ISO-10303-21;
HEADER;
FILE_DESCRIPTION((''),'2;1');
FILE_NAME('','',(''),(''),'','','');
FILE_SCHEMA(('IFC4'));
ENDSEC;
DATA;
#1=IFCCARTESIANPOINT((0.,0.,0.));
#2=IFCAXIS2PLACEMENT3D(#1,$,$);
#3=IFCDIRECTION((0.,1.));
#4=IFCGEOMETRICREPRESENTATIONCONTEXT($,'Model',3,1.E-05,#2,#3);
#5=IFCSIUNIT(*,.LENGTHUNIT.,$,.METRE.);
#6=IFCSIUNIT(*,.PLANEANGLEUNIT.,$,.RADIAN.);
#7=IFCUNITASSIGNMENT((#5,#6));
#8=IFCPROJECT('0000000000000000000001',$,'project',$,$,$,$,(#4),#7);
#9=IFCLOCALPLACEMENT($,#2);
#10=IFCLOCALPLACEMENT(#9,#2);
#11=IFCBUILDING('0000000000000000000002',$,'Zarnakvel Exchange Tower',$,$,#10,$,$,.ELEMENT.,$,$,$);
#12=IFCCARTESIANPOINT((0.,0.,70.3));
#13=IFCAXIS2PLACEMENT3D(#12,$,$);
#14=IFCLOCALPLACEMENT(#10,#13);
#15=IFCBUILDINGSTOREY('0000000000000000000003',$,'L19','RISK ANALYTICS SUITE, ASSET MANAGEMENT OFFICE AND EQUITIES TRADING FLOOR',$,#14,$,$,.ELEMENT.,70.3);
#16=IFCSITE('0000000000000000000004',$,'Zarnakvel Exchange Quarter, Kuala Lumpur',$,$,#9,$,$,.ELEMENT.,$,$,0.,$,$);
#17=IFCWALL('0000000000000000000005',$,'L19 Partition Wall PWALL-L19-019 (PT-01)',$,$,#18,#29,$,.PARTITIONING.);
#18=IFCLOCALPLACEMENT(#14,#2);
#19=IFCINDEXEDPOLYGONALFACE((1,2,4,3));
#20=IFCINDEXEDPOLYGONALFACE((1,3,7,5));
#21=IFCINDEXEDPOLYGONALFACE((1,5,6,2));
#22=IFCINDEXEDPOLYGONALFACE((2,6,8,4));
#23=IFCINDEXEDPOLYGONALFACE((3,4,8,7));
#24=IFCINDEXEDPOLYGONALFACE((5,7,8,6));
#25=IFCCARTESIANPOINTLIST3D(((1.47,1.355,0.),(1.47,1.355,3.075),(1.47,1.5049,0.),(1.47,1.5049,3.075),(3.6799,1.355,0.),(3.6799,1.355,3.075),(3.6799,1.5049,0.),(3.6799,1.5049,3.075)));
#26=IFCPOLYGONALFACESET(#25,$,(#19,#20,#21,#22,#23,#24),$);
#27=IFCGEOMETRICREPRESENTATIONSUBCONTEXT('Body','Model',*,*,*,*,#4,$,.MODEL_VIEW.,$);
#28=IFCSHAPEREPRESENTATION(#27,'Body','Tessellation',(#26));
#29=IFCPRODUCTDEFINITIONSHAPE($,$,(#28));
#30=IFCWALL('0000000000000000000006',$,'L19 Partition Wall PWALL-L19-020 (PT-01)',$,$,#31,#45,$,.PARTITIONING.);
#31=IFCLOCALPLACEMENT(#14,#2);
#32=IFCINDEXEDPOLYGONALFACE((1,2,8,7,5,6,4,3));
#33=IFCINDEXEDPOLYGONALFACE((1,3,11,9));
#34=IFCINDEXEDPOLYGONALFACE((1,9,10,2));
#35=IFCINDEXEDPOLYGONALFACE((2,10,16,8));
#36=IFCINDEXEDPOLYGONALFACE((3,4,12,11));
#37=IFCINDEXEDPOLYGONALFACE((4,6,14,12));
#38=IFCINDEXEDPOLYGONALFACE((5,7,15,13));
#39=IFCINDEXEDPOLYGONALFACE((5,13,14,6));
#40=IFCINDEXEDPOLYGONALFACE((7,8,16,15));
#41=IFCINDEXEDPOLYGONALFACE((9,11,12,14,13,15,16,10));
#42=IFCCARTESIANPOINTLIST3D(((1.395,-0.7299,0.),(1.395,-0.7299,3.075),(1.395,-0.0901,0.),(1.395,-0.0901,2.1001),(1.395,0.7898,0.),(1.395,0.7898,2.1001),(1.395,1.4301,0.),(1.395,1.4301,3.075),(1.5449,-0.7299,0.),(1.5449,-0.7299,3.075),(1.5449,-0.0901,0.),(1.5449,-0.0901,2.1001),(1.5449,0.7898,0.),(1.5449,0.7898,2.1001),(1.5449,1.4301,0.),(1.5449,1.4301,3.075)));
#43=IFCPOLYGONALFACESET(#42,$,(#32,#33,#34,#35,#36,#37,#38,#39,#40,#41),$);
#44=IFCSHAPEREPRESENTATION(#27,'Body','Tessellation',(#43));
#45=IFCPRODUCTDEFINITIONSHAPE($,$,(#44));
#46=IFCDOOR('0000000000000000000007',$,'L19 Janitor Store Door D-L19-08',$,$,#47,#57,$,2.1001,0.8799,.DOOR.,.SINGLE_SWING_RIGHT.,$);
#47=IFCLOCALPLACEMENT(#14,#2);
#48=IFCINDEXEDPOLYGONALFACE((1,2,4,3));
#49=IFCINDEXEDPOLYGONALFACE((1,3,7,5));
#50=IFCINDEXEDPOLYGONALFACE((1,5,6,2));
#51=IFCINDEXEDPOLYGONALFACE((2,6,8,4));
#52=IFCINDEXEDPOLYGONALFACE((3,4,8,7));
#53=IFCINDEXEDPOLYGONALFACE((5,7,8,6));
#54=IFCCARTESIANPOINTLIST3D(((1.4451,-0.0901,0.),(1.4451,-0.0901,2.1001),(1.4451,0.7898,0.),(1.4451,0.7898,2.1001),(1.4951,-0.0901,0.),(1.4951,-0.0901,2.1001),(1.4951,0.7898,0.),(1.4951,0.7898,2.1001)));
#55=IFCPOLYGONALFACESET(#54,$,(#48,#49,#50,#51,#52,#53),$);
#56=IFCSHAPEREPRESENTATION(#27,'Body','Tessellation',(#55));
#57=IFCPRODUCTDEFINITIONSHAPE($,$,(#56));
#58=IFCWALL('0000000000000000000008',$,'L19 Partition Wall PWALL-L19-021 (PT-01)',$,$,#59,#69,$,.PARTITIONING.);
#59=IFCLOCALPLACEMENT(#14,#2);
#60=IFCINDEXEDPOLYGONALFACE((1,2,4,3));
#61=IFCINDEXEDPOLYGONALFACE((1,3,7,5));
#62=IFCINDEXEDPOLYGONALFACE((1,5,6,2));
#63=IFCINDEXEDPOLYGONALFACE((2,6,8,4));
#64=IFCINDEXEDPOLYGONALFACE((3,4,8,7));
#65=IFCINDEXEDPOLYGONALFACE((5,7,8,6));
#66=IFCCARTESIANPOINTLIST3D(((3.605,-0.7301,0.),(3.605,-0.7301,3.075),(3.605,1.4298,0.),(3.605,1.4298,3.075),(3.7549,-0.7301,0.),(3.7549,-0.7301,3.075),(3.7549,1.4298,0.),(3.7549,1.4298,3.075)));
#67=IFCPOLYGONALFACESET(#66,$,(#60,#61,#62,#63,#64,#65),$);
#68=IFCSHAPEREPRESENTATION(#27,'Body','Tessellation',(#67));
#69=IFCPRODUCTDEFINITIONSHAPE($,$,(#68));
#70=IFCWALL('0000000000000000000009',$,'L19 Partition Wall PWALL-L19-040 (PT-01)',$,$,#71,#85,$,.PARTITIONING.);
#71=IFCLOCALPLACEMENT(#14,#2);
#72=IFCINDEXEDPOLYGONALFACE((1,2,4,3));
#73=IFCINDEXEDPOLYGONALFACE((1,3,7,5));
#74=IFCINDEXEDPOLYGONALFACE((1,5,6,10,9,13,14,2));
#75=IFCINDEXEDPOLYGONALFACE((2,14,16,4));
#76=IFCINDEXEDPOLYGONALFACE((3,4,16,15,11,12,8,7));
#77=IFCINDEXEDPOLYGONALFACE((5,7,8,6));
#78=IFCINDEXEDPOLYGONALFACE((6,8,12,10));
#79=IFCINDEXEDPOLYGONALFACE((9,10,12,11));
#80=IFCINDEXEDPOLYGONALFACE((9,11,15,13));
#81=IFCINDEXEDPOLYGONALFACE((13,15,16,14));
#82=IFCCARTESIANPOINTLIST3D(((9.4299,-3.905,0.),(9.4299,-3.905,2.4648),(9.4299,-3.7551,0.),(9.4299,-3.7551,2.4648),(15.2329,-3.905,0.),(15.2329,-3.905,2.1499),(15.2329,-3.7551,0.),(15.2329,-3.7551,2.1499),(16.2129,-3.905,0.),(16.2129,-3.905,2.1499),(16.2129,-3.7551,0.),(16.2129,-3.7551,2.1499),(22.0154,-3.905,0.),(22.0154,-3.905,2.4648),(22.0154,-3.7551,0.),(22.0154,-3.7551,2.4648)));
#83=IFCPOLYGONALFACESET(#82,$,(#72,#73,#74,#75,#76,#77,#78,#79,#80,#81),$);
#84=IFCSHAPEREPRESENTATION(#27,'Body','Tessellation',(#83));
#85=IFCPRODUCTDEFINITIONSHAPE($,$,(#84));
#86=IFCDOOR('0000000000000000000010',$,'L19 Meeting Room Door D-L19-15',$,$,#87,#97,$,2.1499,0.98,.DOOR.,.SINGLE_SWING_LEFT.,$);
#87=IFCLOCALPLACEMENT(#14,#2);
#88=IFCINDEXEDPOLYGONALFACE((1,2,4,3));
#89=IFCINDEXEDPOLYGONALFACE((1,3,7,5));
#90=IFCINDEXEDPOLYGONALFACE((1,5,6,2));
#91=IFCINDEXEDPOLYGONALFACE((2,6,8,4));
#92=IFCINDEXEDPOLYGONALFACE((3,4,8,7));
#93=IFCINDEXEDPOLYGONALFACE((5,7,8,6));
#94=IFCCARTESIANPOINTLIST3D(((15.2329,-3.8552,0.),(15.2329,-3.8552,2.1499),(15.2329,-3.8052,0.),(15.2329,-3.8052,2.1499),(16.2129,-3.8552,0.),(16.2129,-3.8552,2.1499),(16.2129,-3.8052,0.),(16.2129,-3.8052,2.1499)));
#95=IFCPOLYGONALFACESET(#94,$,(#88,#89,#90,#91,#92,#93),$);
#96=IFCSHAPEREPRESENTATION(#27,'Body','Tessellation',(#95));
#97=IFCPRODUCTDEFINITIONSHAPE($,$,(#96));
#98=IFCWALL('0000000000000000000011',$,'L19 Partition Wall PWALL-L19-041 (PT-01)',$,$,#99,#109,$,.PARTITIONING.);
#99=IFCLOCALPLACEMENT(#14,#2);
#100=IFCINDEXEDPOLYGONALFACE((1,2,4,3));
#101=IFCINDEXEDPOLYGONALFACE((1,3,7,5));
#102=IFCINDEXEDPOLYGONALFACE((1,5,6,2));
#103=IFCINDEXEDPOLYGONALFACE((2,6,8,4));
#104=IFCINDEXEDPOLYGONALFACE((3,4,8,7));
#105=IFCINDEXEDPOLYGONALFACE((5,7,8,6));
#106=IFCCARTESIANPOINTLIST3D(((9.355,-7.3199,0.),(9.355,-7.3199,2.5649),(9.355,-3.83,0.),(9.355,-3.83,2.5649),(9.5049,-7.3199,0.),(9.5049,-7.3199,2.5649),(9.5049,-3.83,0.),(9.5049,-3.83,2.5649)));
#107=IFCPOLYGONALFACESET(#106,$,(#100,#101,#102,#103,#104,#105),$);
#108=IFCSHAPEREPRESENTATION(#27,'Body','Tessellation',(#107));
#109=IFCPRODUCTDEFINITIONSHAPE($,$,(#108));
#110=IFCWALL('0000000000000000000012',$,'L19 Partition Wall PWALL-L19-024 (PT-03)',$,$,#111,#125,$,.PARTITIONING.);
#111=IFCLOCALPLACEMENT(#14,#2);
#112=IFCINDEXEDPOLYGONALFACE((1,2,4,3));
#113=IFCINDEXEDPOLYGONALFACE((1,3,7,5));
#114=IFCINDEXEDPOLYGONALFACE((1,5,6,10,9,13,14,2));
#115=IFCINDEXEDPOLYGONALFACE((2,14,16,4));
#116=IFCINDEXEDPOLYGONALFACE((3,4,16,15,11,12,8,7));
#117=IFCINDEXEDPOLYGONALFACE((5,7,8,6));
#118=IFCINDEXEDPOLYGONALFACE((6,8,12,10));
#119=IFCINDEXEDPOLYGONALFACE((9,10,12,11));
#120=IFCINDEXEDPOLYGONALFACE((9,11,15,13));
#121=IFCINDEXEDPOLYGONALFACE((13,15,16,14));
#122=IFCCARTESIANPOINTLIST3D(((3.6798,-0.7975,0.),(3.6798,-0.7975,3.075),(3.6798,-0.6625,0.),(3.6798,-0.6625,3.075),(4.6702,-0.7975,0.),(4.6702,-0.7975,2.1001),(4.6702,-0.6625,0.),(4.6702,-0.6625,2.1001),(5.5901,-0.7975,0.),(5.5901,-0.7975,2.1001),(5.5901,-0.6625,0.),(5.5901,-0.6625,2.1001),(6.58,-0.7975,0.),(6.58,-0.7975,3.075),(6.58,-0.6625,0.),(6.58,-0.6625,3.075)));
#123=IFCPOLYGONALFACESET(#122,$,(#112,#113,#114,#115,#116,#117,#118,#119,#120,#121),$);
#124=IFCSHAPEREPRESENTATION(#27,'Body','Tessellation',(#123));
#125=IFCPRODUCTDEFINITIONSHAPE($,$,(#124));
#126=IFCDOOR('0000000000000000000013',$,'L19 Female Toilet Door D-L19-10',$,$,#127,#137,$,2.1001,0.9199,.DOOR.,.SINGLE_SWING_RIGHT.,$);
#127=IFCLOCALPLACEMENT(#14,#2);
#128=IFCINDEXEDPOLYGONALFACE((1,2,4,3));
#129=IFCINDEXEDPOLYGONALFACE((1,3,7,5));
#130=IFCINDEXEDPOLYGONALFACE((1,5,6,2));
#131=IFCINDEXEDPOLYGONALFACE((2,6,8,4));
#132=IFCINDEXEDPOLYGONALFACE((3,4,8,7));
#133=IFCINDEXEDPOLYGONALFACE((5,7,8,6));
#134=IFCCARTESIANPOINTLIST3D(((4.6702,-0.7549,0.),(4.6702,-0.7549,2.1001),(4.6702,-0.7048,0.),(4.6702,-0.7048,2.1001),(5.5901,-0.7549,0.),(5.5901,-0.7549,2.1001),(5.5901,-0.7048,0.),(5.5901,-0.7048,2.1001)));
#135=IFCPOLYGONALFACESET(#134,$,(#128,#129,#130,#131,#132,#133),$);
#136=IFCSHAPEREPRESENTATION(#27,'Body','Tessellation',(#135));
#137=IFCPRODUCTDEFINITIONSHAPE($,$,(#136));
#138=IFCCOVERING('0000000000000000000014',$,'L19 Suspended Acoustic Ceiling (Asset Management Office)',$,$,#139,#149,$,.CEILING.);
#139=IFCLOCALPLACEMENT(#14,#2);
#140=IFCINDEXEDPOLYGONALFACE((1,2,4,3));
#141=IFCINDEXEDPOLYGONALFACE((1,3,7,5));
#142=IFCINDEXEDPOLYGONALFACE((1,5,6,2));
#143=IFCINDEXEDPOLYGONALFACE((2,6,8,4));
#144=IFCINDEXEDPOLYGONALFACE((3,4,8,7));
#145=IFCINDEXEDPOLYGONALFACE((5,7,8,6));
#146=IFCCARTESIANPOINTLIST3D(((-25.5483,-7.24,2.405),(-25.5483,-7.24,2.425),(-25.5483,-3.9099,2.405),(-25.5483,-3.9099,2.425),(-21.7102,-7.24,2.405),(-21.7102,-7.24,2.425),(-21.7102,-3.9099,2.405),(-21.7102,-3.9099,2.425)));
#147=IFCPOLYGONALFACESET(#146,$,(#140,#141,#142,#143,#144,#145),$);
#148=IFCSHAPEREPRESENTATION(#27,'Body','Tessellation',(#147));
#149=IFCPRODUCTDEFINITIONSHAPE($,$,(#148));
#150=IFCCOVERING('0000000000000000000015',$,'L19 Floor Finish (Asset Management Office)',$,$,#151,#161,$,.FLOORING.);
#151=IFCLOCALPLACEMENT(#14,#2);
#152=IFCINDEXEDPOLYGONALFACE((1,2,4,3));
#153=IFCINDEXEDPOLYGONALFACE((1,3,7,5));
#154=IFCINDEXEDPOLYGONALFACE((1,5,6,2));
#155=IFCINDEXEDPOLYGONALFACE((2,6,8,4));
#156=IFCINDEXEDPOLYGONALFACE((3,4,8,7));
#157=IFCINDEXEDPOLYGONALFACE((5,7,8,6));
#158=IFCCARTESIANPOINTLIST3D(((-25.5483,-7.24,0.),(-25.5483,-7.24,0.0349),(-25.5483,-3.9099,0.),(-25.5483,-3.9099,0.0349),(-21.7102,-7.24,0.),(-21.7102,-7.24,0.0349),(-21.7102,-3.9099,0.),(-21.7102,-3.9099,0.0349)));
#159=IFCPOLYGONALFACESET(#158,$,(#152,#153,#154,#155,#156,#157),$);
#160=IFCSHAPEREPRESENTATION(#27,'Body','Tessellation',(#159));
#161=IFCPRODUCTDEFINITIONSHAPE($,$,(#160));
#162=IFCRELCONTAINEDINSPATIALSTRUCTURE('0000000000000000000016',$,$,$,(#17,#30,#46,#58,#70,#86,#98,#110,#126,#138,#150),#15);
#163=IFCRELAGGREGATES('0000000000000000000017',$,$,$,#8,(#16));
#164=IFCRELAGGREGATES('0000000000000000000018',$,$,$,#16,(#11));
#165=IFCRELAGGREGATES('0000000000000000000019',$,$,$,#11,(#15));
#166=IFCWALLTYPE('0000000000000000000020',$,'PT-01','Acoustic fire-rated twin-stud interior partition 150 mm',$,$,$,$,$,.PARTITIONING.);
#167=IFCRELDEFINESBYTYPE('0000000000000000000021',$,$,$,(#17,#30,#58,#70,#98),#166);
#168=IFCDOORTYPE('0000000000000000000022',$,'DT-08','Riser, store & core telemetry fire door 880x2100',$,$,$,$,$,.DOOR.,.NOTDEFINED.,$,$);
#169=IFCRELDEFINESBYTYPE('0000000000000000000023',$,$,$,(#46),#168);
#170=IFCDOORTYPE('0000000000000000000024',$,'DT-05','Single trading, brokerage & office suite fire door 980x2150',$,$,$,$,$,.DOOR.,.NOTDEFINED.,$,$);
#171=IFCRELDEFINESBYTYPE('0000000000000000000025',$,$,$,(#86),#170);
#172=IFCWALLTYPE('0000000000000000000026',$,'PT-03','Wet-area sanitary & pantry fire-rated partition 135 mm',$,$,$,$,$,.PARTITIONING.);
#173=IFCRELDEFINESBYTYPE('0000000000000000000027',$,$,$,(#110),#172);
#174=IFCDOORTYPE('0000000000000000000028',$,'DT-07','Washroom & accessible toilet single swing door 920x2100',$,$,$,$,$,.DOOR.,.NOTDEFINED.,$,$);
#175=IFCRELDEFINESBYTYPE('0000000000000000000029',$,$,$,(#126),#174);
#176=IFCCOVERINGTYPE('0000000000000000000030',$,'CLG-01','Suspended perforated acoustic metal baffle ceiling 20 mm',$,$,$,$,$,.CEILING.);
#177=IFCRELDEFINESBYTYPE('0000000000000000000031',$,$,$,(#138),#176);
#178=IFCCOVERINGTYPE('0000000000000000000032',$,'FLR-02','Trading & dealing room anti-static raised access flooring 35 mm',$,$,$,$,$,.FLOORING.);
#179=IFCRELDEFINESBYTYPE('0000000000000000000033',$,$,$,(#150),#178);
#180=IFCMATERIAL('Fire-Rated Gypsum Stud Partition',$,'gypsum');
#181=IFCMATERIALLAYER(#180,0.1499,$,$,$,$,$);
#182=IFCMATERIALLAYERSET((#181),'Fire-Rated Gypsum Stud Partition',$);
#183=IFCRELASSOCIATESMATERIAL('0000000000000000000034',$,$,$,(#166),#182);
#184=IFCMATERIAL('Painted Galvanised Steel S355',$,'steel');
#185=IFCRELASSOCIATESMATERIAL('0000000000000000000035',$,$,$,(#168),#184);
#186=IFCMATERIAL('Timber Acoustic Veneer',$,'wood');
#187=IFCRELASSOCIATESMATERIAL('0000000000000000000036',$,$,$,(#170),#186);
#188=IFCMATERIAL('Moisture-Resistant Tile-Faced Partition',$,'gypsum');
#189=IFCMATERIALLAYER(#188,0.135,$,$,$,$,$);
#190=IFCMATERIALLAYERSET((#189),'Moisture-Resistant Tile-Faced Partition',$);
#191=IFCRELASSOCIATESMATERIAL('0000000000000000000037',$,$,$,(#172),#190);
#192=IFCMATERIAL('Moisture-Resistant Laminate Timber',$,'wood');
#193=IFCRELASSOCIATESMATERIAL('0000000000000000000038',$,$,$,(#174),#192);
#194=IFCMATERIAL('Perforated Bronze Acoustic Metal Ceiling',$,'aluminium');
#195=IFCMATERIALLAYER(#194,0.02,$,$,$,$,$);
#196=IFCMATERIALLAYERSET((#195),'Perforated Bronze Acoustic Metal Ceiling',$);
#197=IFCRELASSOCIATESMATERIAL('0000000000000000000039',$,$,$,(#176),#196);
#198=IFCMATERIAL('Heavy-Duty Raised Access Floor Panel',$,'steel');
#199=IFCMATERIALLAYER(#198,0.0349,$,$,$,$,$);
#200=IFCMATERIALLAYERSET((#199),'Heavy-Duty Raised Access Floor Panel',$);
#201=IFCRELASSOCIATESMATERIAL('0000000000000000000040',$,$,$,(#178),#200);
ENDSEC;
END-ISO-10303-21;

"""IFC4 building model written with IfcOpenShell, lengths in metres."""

from ifc_helpers import new_model, si_unit, direction, frame, frame_2d, origin, place, context, subcontext, project, spatial, polyline, rectangle, outline, extrude, source, transform, mapped, material, layer, layer_set, type_object, element, fill, save


model = new_model("IFC4")

# Units and contexts
model_context = context("Model", 3, precision=1e-05, world=origin(), true_north=direction((0.0, 1.0)))
body_context = subcontext(model_context, "Body", "Model", "MODEL_VIEW")
ifc_project = project(units=[si_unit("LENGTHUNIT", "METRE"), si_unit("PLANEANGLEUNIT", "RADIAN")], contexts=[model_context])

# Site, building, storey
site_placement = place(None, origin())
site = spatial("IfcSite", under=ifc_project, at=site_placement, Name="Zarnakvel Exchange Quarter, Kuala Lumpur", CompositionType="ELEMENT", RefElevation=0.0)
building_placement = place(site_placement, origin())
building = spatial("IfcBuilding", under=site, at=building_placement, Name="Zarnakvel Exchange Tower", CompositionType="ELEMENT")
storey_placement = place(building_placement, frame((0.0, 0.0, 70.3)))
storey = spatial("IfcBuildingStorey", under=building, at=storey_placement, Name="L19", Description="RISK ANALYTICS SUITE, ASSET MANAGEMENT OFFICE AND EQUITIES TRADING FLOOR", CompositionType="ELEMENT", Elevation=70.3)

# Shared definitions
ifc_material_1 = material(Name="Painted Galvanised Steel S355", Category="steel")

# Wall
ifc_material_2 = material(Name="Fire-Rated Gypsum Stud Partition", Category="gypsum")
ifc_layer_1 = layer(ifc_material_2, 0.1499)
ifc_layer_set_1 = layer_set([ifc_layer_1], Name="Fire-Rated Gypsum Stud Partition")
wall_type_1 = type_object("IfcWallType", Name="PT-01", Description="Acoustic fire-rated twin-stud interior partition 150 mm", PredefinedType="PARTITIONING", material=ifc_layer_set_1)
for number, where, z_axis, x_axis, name in (
    (1, (1.47, 1.4299, 0.0), (0.0, 0.0, 1.0), (1.0, 0.0, 0.0), "L19 Partition Wall PWALL-L19-019 (PT-01)"),
):
    element("IfcWall", number, at=place(storey_placement, frame(where, z_axis=z_axis, x_axis=x_axis)), inside=storey, type_object=wall_type_1, Name=name, PredefinedType="PARTITIONING", context=body_context, shape_type="SweptSolid", body=[
        extrude(rectangle(XDim=2.21, YDim=0.1499, at=frame_2d((1.105, 0.0))), origin(), (0.0, 0.0, 1.0), 3.075),
    ])

# Wall, opening, door
wall_1_placement = place(storey_placement, frame((1.47, -0.73, 0.0), z_axis=(0.0, 0.0, 1.0), x_axis=(0.0, 1.0, 0.0)))
wall_1 = element("IfcWall", 2, at=wall_1_placement, inside=storey, type_object=wall_type_1, Name="L19 Partition Wall PWALL-L19-020 (PT-01)", PredefinedType="PARTITIONING", context=body_context, shape_type="SweptSolid", body=[
    extrude(rectangle(XDim=2.1599, YDim=0.1499, at=frame_2d((1.0801, 0.0))), origin(), (0.0, 0.0, 1.0), 3.075),
])
opening_1_placement = place(wall_1_placement, frame((0.6399, 0.0, 0.0)))
opening_1 = element("IfcOpeningElement", 3, at=opening_1_placement, cuts=wall_1, PredefinedType="OPENING", context=body_context, shape_type="SweptSolid", body=[
    extrude(rectangle(XDim=0.8799, YDim=2.1001, at=frame_2d((0.4399, 1.05))), frame((0.0, 0.085, 0.0), z_axis=(0.0, -1.0, 0.0), x_axis=(1.0, 0.0, 0.0)), (0.0, 0.0, 1.0), 0.1699),
])
door_type_1 = type_object("IfcDoorType", Name="DT-08", Description="Riser, store & core telemetry fire door 880x2100", OperationType="NOTDEFINED", PredefinedType="DOOR", material=ifc_material_1)
shared_shape_1 = source(origin(), body_context, "Body", "SweptSolid", [
    extrude(rectangle(XDim=0.8799, YDim=2.1001, at=frame_2d((0.4399, 1.05))), frame((0.0, 0.0249, 0.0), z_axis=(0.0, -1.0, 0.0), x_axis=(1.0, 0.0, 0.0)), (0.0, 0.0, 1.0), 0.05),
])
door_1_placement = place(opening_1_placement, origin())
door_1 = element("IfcDoor", 4, at=door_1_placement, inside=storey, type_object=door_type_1, Name="L19 Janitor Store Door D-L19-08", OperationType="SINGLE_SWING_RIGHT", OverallHeight=2.1001, OverallWidth=0.8799, PredefinedType="DOOR", context=body_context, shape_type="MappedRepresentation", body=[
    mapped(shared_shape_1, transform((0.0, 0.0, 0.0), x_axis=(1.0, 0.0, 0.0), y_axis=(0.0, 1.0, 0.0), z_axis=(0.0, 0.0, 1.0), scale=1.0)),
])
fill(opening_1, door_1)

# Wall
wall_2_placement = place(storey_placement, frame((3.6799, 1.4299, 0.0), z_axis=(0.0, 0.0, 1.0), x_axis=(0.0, -1.0, 0.0)))
element("IfcWall", 5, at=wall_2_placement, inside=storey, type_object=wall_type_1, Name="L19 Partition Wall PWALL-L19-021 (PT-01)", PredefinedType="PARTITIONING", context=body_context, shape_type="SweptSolid", body=[
    extrude(rectangle(XDim=2.1599, YDim=0.1499, at=frame_2d((1.0801, 0.0))), origin(), (0.0, 0.0, 1.0), 3.075),
])

# Wall, opening, door
ifc_material_3 = material(Name="Timber Acoustic Veneer", Category="wood")
door_type_2 = type_object("IfcDoorType", Name="DT-05", Description="Single trading, brokerage & office suite fire door 980x2150", OperationType="NOTDEFINED", PredefinedType="DOOR", material=ifc_material_3)
wall_3_placement = place(storey_placement, frame((9.4299, -3.8301, 0.0), z_axis=(0.0, 0.0, 1.0), x_axis=(1.0, 0.0, 0.0)))
wall_3 = element("IfcWall", 6, at=wall_3_placement, inside=storey, type_object=wall_type_1, Name="L19 Partition Wall PWALL-L19-040 (PT-01)", PredefinedType="PARTITIONING", context=body_context, shape_type="SweptSolid", body=[
    extrude(rectangle(XDim=12.5854, YDim=0.1499, at=frame_2d((6.2927, 0.0))), origin(), (0.0, 0.0, 1.0), 2.4648),
])
opening_2_placement = place(wall_3_placement, frame((5.803, 0.0, 0.0)))
opening_2 = element("IfcOpeningElement", 7, at=opening_2_placement, cuts=wall_3, PredefinedType="OPENING", context=body_context, shape_type="SweptSolid", body=[
    extrude(rectangle(XDim=0.98, YDim=2.1499, at=frame_2d((0.49, 1.075))), frame((0.0, 0.085, 0.0), z_axis=(0.0, -1.0, 0.0), x_axis=(1.0, 0.0, 0.0)), (0.0, 0.0, 1.0), 0.1699),
])
shared_shape_2 = source(origin(), body_context, "Body", "SweptSolid", [
    extrude(rectangle(XDim=0.98, YDim=2.1499, at=frame_2d((0.49, 1.075))), frame((0.0, 0.0249, 0.0), z_axis=(0.0, -1.0, 0.0), x_axis=(1.0, 0.0, 0.0)), (0.0, 0.0, 1.0), 0.05),
])
door_2_placement = place(opening_2_placement, origin())
door_2 = element("IfcDoor", 8, at=door_2_placement, inside=storey, type_object=door_type_2, Name="L19 Meeting Room Door D-L19-15", OperationType="SINGLE_SWING_LEFT", OverallHeight=2.1499, OverallWidth=0.98, PredefinedType="DOOR", context=body_context, shape_type="MappedRepresentation", body=[
    mapped(shared_shape_2, transform((0.0, 0.0, 0.0), x_axis=(1.0, 0.0, 0.0), y_axis=(0.0, 1.0, 0.0), z_axis=(0.0, 0.0, 1.0), scale=1.0)),
])
fill(opening_2, door_2)

# Wall
wall_4_placement = place(storey_placement, frame((9.4299, -7.3201, 0.0), z_axis=(0.0, 0.0, 1.0), x_axis=(0.0, 1.0, 0.0)))
element("IfcWall", 9, at=wall_4_placement, inside=storey, type_object=wall_type_1, Name="L19 Partition Wall PWALL-L19-041 (PT-01)", PredefinedType="PARTITIONING", context=body_context, shape_type="SweptSolid", body=[
    extrude(rectangle(XDim=3.49, YDim=0.1499, at=frame_2d((1.7451, 0.0))), origin(), (0.0, 0.0, 1.0), 2.5649),
])

# Wall, opening, door
ifc_material_4 = material(Name="Moisture-Resistant Tile-Faced Partition", Category="gypsum")
ifc_layer_2 = layer(ifc_material_4, 0.135)
ifc_layer_set_2 = layer_set([ifc_layer_2], Name="Moisture-Resistant Tile-Faced Partition")
wall_type_2 = type_object("IfcWallType", Name="PT-03", Description="Wet-area sanitary & pantry fire-rated partition 135 mm", PredefinedType="PARTITIONING", material=ifc_layer_set_2)
wall_5_placement = place(storey_placement, frame((6.5801, -0.73, 0.0), z_axis=(0.0, 0.0, 1.0), x_axis=(-1.0, 0.0, 0.0)))
wall_5 = element("IfcWall", 10, at=wall_5_placement, inside=storey, type_object=wall_type_2, Name="L19 Partition Wall PWALL-L19-024 (PT-03)", PredefinedType="PARTITIONING", context=body_context, shape_type="SweptSolid", body=[
    extrude(rectangle(XDim=2.9001, YDim=0.135, at=frame_2d((1.4502, 0.0))), origin(), (0.0, 0.0, 1.0), 3.075),
])
opening_3_placement = place(wall_5_placement, frame((0.99, 0.0, 0.0)))
opening_3 = element("IfcOpeningElement", 11, at=opening_3_placement, cuts=wall_5, PredefinedType="OPENING", context=body_context, shape_type="SweptSolid", body=[
    extrude(rectangle(XDim=0.9199, YDim=2.1001, at=frame_2d((0.46, 1.05))), frame((0.0, 0.0774, 0.0), z_axis=(0.0, -1.0, 0.0), x_axis=(1.0, 0.0, 0.0)), (0.0, 0.0, 1.0), 0.155),
])
ifc_material_5 = material(Name="Moisture-Resistant Laminate Timber", Category="wood")
door_type_3 = type_object("IfcDoorType", Name="DT-07", Description="Washroom & accessible toilet single swing door 920x2100", OperationType="NOTDEFINED", PredefinedType="DOOR", material=ifc_material_5)
shared_shape_3 = source(origin(), body_context, "Body", "SweptSolid", [
    extrude(rectangle(XDim=0.9199, YDim=2.1001, at=frame_2d((0.46, 1.05))), frame((0.0, 0.0249, 0.0), z_axis=(0.0, -1.0, 0.0), x_axis=(1.0, 0.0, 0.0)), (0.0, 0.0, 1.0), 0.05),
])
door_3_placement = place(opening_3_placement, origin())
door_3 = element("IfcDoor", 12, at=door_3_placement, inside=storey, type_object=door_type_3, Name="L19 Female Toilet Door D-L19-10", OperationType="SINGLE_SWING_RIGHT", OverallHeight=2.1001, OverallWidth=0.9199, PredefinedType="DOOR", context=body_context, shape_type="MappedRepresentation", body=[
    mapped(shared_shape_3, transform((0.0, 0.0, 0.0), x_axis=(1.0, 0.0, 0.0), y_axis=(0.0, 1.0, 0.0), z_axis=(0.0, 0.0, 1.0), scale=1.0)),
])
fill(opening_3, door_3)

# Coverings
ifc_material_6 = material(Name="Perforated Bronze Acoustic Metal Ceiling", Category="aluminium")
ifc_layer_3 = layer(ifc_material_6, 0.02)
ifc_layer_set_3 = layer_set([ifc_layer_3], Name="Perforated Bronze Acoustic Metal Ceiling")
covering_type_1 = type_object("IfcCoveringType", Name="CLG-01", Description="Suspended perforated acoustic metal baffle ceiling 20 mm", PredefinedType="CEILING", material=ifc_layer_set_3)
covering_1_placement = place(storey_placement, frame((0.0, 0.0, 2.405)))
element("IfcCovering", 13, at=covering_1_placement, inside=storey, type_object=covering_type_1, Name="L19 Suspended Acoustic Ceiling (Asset Management Office)", PredefinedType="CEILING", context=body_context, shape_type="SweptSolid", body=[
    extrude(outline(polyline([(-25.5483, -3.9099), (-21.7102, -3.9099), (-21.7102, -7.24), (-25.5483, -7.24), (-25.5483, -3.9099)])), origin(), (0.0, 0.0, 1.0), 0.02),
])
ifc_material_7 = material(Name="Heavy-Duty Raised Access Floor Panel", Category="steel")
ifc_layer_4 = layer(ifc_material_7, 0.0349)
ifc_layer_set_4 = layer_set([ifc_layer_4], Name="Heavy-Duty Raised Access Floor Panel")
covering_type_2 = type_object("IfcCoveringType", Name="FLR-02", Description="Trading & dealing room anti-static raised access flooring 35 mm", PredefinedType="FLOORING", material=ifc_layer_set_4)
covering_2_placement = place(storey_placement, origin())
element("IfcCovering", 14, at=covering_2_placement, inside=storey, type_object=covering_type_2, Name="L19 Floor Finish (Asset Management Office)", PredefinedType="FLOORING", context=body_context, shape_type="SweptSolid", body=[
    extrude(outline(polyline([(-25.5483, -3.9099), (-21.7102, -3.9099), (-21.7102, -7.24), (-25.5483, -7.24), (-25.5483, -3.9099)])), origin(), (0.0, 0.0, 1.0), 0.0349),
])

save(model, "model.ifc")
